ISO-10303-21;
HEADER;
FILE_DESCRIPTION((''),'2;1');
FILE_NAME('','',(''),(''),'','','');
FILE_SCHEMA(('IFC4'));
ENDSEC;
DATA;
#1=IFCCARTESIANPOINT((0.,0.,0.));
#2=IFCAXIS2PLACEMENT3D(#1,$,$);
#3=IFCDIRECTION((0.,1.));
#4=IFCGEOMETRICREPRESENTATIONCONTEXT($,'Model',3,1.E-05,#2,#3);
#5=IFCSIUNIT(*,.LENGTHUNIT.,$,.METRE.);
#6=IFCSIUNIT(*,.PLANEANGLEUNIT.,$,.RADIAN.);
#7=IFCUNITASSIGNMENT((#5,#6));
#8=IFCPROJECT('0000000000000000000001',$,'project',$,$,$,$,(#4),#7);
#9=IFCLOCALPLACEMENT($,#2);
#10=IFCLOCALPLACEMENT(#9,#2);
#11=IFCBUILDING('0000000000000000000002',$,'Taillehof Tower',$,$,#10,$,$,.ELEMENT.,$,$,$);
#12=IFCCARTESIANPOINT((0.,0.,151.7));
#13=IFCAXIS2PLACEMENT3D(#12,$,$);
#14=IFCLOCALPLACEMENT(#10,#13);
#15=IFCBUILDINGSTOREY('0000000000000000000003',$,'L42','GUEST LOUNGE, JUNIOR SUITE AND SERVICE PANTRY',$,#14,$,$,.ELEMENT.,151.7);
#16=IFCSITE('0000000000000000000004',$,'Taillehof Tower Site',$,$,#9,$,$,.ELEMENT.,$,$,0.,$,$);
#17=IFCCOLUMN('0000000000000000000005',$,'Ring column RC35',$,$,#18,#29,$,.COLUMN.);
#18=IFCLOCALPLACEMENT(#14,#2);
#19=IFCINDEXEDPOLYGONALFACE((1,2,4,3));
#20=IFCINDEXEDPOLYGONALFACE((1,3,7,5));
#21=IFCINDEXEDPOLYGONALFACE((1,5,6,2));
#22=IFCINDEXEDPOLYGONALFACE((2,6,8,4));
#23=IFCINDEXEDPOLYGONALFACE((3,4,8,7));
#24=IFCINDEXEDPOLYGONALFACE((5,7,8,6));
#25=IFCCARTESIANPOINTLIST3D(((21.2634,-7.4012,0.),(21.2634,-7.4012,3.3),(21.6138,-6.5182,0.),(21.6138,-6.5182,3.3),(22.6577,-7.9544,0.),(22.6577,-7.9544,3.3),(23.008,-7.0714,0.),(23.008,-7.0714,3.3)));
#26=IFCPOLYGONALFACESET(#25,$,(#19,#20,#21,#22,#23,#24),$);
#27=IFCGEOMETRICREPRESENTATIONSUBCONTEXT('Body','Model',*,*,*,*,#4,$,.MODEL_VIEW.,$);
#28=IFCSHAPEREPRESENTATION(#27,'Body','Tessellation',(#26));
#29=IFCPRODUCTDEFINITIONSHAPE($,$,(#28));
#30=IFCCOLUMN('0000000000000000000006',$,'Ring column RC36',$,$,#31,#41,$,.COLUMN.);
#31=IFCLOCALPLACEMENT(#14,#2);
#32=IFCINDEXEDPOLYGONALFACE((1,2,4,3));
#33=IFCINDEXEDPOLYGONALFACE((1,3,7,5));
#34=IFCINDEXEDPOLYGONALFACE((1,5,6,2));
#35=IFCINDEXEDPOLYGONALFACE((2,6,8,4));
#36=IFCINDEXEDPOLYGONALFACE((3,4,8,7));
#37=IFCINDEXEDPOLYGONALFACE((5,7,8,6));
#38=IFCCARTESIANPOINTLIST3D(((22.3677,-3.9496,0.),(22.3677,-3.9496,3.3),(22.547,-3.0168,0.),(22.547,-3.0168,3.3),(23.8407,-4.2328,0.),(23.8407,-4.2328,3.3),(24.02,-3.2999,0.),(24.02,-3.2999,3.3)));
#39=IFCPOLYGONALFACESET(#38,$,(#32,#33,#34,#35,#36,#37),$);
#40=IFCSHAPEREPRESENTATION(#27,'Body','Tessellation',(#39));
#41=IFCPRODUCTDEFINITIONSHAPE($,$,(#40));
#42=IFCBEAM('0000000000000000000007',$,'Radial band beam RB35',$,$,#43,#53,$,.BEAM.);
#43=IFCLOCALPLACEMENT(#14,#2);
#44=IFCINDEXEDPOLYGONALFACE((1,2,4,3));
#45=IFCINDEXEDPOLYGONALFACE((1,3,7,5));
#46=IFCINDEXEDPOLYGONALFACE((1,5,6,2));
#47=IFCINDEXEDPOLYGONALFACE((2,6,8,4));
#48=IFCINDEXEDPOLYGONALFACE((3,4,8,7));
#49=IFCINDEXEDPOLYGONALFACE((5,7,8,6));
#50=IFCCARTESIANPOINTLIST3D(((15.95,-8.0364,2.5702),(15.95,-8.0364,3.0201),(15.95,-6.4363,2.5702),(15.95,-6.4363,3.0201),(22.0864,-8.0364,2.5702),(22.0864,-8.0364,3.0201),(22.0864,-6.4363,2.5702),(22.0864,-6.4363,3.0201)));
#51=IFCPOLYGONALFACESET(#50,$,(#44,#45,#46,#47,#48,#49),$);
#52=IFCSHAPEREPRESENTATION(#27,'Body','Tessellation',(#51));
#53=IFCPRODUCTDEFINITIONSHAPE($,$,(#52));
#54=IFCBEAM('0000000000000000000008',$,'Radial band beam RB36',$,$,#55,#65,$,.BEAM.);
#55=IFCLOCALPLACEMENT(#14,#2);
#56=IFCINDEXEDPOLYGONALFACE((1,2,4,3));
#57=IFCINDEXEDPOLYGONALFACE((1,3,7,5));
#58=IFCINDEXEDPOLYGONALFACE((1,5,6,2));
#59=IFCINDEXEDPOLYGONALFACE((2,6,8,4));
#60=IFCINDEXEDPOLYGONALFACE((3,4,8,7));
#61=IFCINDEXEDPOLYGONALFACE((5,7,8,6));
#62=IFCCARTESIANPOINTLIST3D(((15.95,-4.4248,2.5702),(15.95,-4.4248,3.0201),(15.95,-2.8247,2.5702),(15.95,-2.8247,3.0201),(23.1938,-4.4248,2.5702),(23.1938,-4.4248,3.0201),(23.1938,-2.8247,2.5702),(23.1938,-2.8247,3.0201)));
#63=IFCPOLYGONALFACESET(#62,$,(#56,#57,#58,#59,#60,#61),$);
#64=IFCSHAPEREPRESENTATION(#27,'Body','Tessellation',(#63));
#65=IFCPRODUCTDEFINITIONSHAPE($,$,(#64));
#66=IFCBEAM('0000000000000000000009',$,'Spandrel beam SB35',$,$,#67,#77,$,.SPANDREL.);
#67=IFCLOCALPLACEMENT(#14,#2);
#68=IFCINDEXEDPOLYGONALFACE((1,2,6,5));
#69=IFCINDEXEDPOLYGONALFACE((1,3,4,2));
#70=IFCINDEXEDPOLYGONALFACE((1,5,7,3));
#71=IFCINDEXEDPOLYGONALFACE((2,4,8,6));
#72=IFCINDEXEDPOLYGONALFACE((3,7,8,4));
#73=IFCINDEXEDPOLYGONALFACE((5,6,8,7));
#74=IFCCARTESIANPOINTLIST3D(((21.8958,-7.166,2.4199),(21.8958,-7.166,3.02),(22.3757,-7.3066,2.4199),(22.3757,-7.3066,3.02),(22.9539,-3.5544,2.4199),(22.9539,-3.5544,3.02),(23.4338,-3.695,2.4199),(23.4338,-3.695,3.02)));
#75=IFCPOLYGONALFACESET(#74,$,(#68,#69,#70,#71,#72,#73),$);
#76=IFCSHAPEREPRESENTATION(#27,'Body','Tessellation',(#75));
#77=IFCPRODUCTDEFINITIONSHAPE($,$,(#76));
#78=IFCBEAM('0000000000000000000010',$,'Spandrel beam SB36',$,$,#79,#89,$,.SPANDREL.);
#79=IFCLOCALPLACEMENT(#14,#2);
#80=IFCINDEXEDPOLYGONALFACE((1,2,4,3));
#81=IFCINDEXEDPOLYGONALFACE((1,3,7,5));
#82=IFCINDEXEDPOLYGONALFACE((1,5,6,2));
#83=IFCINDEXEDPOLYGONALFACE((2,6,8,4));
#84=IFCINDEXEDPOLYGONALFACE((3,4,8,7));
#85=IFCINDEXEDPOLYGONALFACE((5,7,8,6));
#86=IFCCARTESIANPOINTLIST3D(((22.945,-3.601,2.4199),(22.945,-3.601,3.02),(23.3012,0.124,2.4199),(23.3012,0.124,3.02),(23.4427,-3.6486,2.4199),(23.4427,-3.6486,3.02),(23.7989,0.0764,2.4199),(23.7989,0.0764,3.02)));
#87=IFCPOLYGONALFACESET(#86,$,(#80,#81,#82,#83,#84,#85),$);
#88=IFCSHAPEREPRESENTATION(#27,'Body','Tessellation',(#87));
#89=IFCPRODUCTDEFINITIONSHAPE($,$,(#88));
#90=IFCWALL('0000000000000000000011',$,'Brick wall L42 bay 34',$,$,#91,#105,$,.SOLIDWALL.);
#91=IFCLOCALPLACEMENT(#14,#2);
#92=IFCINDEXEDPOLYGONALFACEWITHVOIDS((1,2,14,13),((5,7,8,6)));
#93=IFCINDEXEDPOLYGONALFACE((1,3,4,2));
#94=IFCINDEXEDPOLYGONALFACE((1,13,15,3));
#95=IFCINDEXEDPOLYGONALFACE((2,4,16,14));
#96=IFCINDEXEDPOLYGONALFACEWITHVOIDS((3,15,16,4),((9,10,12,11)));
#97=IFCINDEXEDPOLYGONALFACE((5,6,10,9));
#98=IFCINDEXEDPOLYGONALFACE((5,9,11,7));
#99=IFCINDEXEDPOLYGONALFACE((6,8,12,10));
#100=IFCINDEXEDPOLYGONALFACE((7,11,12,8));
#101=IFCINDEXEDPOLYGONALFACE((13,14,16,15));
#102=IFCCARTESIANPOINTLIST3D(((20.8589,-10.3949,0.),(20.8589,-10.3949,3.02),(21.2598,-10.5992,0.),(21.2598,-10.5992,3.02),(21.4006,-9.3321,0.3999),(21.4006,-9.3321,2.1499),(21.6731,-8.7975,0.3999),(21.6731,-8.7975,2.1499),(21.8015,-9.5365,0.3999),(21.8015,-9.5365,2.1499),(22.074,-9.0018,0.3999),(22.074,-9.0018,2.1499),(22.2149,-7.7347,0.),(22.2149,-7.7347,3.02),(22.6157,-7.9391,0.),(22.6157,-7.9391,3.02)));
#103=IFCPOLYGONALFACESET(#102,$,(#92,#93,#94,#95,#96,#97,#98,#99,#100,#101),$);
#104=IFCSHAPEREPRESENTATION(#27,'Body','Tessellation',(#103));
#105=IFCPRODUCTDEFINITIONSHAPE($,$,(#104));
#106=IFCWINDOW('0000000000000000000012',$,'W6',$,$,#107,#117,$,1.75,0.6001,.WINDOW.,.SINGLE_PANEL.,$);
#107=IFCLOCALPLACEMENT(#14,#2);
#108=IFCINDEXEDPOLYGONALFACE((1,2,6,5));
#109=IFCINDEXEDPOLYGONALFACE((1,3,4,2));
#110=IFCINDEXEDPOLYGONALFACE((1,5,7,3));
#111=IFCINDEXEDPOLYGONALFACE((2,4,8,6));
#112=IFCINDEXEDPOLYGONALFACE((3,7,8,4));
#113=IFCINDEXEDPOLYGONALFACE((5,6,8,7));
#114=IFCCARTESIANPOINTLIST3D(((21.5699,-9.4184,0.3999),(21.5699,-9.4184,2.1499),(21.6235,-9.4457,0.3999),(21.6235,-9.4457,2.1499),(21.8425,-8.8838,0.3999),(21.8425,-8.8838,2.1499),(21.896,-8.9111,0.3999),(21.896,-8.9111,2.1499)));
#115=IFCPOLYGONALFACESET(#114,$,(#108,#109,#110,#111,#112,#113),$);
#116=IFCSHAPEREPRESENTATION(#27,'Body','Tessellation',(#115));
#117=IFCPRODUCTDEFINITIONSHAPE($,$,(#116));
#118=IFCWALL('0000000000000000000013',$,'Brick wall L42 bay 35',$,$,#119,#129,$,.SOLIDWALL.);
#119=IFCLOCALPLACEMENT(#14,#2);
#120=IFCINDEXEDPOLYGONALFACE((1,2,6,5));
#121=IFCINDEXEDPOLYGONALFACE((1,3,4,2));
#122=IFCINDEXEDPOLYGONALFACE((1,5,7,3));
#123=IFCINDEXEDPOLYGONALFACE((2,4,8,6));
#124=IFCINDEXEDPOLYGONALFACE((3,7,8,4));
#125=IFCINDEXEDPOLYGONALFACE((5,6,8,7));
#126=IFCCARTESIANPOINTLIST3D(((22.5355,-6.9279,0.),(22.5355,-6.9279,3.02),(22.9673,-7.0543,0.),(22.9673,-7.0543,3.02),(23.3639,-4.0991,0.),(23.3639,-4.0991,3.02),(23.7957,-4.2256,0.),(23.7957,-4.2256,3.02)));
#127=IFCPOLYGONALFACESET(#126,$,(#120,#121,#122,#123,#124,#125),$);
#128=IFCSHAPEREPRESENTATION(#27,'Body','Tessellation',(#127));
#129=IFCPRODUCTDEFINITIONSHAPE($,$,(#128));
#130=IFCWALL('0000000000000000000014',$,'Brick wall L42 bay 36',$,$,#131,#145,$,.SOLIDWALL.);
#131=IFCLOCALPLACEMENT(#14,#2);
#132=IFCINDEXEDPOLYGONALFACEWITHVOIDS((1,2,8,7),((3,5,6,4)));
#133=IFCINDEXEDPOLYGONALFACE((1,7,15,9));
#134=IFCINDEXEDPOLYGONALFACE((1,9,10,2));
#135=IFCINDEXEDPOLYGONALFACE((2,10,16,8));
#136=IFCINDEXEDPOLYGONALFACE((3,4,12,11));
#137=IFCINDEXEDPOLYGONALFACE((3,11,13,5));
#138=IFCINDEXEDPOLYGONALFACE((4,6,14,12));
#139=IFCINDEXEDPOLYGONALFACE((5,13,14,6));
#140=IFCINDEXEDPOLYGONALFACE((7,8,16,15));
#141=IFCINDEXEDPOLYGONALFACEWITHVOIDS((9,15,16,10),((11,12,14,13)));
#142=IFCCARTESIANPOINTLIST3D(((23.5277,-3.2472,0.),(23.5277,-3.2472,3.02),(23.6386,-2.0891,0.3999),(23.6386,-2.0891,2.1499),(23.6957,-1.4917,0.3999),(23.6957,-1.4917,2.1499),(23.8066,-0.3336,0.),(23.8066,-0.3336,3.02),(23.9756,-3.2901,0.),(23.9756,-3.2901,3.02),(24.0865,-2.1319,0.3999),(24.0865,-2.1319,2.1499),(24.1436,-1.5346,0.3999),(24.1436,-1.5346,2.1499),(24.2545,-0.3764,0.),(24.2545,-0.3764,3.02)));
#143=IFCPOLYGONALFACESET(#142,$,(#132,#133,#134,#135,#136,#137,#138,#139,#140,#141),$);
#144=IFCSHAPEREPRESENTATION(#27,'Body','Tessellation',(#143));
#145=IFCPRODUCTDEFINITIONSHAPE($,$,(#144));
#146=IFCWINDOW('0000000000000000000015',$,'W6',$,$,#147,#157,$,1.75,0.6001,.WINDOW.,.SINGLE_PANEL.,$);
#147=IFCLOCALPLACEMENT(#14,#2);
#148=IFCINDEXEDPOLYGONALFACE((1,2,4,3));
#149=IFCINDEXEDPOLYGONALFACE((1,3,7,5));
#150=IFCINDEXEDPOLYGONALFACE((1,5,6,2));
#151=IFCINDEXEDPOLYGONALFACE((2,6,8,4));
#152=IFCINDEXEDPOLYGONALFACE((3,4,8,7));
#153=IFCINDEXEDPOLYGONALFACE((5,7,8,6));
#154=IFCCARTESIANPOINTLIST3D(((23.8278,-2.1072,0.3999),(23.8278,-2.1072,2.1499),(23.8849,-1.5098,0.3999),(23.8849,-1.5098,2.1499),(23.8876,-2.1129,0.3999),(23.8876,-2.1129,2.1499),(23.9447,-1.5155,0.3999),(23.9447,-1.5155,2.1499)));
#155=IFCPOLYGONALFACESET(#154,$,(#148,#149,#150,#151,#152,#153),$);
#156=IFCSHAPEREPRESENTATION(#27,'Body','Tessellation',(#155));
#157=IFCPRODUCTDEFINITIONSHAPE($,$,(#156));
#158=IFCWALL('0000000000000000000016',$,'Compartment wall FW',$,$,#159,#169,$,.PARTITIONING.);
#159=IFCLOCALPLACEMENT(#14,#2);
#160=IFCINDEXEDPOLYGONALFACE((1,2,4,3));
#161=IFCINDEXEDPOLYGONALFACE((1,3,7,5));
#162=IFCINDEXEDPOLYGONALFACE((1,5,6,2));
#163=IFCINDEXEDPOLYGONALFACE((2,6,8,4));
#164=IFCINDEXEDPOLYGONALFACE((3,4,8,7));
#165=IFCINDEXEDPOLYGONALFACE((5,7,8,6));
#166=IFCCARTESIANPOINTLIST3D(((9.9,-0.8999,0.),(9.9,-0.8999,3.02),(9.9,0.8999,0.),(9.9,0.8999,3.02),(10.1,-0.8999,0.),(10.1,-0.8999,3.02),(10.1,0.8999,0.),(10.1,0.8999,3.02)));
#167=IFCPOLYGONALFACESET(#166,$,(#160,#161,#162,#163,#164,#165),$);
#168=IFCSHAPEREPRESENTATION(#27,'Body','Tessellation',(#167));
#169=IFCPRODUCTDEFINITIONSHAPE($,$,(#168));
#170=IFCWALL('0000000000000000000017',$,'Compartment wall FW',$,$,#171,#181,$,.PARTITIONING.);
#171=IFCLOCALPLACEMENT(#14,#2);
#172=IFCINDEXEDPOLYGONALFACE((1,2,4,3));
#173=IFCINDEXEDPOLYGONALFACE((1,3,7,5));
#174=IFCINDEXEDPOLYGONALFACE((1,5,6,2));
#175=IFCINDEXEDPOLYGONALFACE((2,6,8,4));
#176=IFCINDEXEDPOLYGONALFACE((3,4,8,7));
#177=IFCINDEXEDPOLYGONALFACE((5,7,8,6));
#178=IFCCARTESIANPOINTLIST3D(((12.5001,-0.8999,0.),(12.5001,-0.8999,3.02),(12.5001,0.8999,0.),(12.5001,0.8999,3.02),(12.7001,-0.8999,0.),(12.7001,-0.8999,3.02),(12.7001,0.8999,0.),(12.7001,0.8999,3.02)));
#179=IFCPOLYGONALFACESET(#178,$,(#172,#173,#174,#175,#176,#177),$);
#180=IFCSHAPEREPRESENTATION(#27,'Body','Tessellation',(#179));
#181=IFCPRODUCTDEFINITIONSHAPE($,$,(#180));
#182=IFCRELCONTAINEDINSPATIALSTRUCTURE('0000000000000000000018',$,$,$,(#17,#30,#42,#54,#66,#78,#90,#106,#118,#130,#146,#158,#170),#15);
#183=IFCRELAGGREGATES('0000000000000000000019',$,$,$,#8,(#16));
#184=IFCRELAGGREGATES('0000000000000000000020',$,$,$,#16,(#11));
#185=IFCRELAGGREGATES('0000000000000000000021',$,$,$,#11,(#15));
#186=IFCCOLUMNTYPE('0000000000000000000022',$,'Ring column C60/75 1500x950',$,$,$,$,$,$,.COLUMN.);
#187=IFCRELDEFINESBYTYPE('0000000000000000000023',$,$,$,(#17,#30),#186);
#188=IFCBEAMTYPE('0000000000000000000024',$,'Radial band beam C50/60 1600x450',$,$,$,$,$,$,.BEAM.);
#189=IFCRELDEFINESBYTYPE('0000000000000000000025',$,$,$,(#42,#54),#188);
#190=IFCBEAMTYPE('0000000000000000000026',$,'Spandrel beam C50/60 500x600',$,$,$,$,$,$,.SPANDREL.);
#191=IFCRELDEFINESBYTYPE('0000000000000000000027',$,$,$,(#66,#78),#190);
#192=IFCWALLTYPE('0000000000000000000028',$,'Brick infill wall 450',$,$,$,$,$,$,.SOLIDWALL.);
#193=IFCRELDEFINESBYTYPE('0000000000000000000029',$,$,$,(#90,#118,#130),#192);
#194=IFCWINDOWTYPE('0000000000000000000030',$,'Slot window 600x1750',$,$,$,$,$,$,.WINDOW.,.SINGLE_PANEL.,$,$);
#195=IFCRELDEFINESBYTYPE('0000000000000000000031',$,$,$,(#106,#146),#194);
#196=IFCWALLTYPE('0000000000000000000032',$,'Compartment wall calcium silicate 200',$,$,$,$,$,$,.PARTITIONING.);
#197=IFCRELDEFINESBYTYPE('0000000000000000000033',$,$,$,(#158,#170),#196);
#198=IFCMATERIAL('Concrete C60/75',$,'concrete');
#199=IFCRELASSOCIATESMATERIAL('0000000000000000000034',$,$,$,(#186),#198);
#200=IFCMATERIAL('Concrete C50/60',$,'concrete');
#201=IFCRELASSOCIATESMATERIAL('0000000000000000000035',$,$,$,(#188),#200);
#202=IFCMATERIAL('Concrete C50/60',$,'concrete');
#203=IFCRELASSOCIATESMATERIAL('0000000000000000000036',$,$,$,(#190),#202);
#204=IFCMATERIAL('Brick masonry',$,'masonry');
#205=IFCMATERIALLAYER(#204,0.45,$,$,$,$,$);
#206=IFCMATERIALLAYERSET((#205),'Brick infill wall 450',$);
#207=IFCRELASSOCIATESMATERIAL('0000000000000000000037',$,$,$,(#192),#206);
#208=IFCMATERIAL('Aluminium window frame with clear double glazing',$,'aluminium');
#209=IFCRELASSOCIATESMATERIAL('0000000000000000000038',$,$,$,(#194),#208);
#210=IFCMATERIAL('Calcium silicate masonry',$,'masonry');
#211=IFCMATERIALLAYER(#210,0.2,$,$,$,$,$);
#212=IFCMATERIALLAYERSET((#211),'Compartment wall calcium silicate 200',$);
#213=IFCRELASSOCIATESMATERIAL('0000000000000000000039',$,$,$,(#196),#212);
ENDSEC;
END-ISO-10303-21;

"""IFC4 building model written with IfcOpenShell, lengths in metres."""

from ifc_helpers import new_model, si_unit, direction, frame, frame_2d, origin, origin_2d, place, context, subcontext, project, spatial, rectangle, extrude, material, layer, layer_set, material_profile, profile_set, type_object, element, fill, save


model = new_model("IFC4")

# Units and contexts
model_context = context("Model", 3, precision=1e-05, world=origin(), true_north=direction((0.0, 1.0)))
body_context = subcontext(model_context, "Body", "Model", "MODEL_VIEW")
ifc_project = project(units=[si_unit("LENGTHUNIT", "METRE"), si_unit("PLANEANGLEUNIT", "RADIAN")], contexts=[model_context])

# Site, building, storey
site_placement = place(None, origin())
site = spatial("IfcSite", under=ifc_project, at=site_placement, Name="Taillehof Tower Site", CompositionType="ELEMENT", RefElevation=0.0)
building_placement = place(site_placement, origin())
building = spatial("IfcBuilding", under=site, at=building_placement, Name="Taillehof Tower", CompositionType="ELEMENT")
storey_placement = place(building_placement, frame((0.0, 0.0, 151.7)))
storey = spatial("IfcBuildingStorey", under=building, at=storey_placement, Name="L42", Description="GUEST LOUNGE, JUNIOR SUITE AND SERVICE PANTRY", CompositionType="ELEMENT", Elevation=151.7)

# Columns
ifc_material_1 = material(Name="Concrete C60/75", Category="concrete")
ifc_material_profile_1 = material_profile(ifc_material_1, rectangle(XDim=1.5, YDim=0.95, at=origin_2d()), Name="RC 1500x950")
ifc_profile_set_1 = profile_set([ifc_material_profile_1], Name="Concrete C60/75")
column_type = type_object("IfcColumnType", Name="Ring column C60/75 1500x950", PredefinedType="COLUMN", material=ifc_profile_set_1)
for number, where, z_axis, x_axis, name in (
    (1, (22.1357, -7.2363, 0.0), (0.0, 0.0, 1.0), (0.929511, -0.368793, 0.0), "Ring column RC35"),
    (2, (23.1938, -3.6248, 0.0), (0.0, 0.0, 1.0), (0.982024, -0.188757, 0.0), "Ring column RC36"),
):
    element("IfcColumn", number, at=place(storey_placement, frame(where, z_axis=z_axis, x_axis=x_axis)), inside=storey, type_object=column_type, Name=name, PredefinedType="COLUMN", context=body_context, shape_type="SweptSolid", body=[
        extrude(rectangle(XDim=1.5, YDim=0.95, at=origin_2d()), origin(), (0.0, 0.0, 1.0), 3.3),
    ])

# Beams
ifc_material_2 = material(Name="Concrete C50/60", Category="concrete")
ifc_material_profile_2 = material_profile(ifc_material_2, rectangle(XDim=1.6001, YDim=0.45, at=origin_2d()), Name="RC 1600x450")
ifc_profile_set_2 = profile_set([ifc_material_profile_2], Name="Concrete C50/60")
beam_type_1 = type_object("IfcBeamType", Name="Radial band beam C50/60 1600x450", PredefinedType="BEAM", material=ifc_profile_set_2)
beam_1_placement = place(storey_placement, frame((22.0864, -7.2363, 2.7952), z_axis=(-1.0, 0.0, 0.0), x_axis=(0.0, -1.0, 0.0)))
element("IfcBeam", 3, at=beam_1_placement, inside=storey, type_object=beam_type_1, Name="Radial band beam RB35", PredefinedType="BEAM", context=body_context, shape_type="SweptSolid", body=[
    extrude(rectangle(XDim=1.6001, YDim=0.45, at=origin_2d()), origin(), (0.0, 0.0, 1.0), 6.1365),
])
beam_2_placement = place(storey_placement, frame((23.1938, -3.6248, 2.7952), z_axis=(-1.0, 0.0, 0.0), x_axis=(0.0, -1.0, 0.0)))
element("IfcBeam", 4, at=beam_2_placement, inside=storey, type_object=beam_type_1, Name="Radial band beam RB36", PredefinedType="BEAM", context=body_context, shape_type="SweptSolid", body=[
    extrude(rectangle(XDim=1.6001, YDim=0.45, at=origin_2d()), origin(), (0.0, 0.0, 1.0), 7.2439),
])
ifc_material_3 = material(Name="Concrete C50/60", Category="concrete")
ifc_material_profile_3 = material_profile(ifc_material_3, rectangle(XDim=0.5, YDim=0.6001, at=origin_2d()), Name="RC 500x600")
ifc_profile_set_3 = profile_set([ifc_material_profile_3], Name="Concrete C50/60")
beam_type_2 = type_object("IfcBeamType", Name="Spandrel beam C50/60 500x600", PredefinedType="SPANDREL", material=ifc_profile_set_3)
beam_3_placement = place(storey_placement, frame((22.1357, -7.2363, 2.72), z_axis=(0.281158, 0.959661, 0.0), x_axis=(-0.959661, 0.281158, 0.0)))
element("IfcBeam", 5, at=beam_3_placement, inside=storey, type_object=beam_type_2, Name="Spandrel beam SB35", PredefinedType="SPANDREL", context=body_context, shape_type="SweptSolid", body=[
    extrude(rectangle(XDim=0.5, YDim=0.6001, at=origin_2d()), origin(), (0.0, 0.0, 1.0), 3.7634),
])
beam_4_placement = place(storey_placement, frame((23.1938, -3.6248, 2.72), z_axis=(0.095194, 0.995459, 0.0), x_axis=(-0.995459, 0.095194, 0.0)))
element("IfcBeam", 6, at=beam_4_placement, inside=storey, type_object=beam_type_2, Name="Spandrel beam SB36", PredefinedType="SPANDREL", context=body_context, shape_type="SweptSolid", body=[
    extrude(rectangle(XDim=0.5, YDim=0.6001, at=origin_2d()), origin(), (0.0, 0.0, 1.0), 3.7419),
])

# Wall, opening, window
ifc_material_4 = material(Name="Brick masonry", Category="masonry")
ifc_layer_1 = layer(ifc_material_4, 0.45)
ifc_layer_set_1 = layer_set([ifc_layer_1], Name="Brick infill wall 450")
wall_type_1 = type_object("IfcWallType", Name="Brick infill wall 450", PredefinedType="SOLIDWALL", material=ifc_layer_set_1)
wall_1_placement = place(storey_placement, frame((21.0593, -10.4971, 0.0), z_axis=(0.0, 0.0, 1.0), x_axis=(0.454134, 0.890933, 0.0)))
wall_1 = element("IfcWall", 7, at=wall_1_placement, inside=storey, type_object=wall_type_1, Name="Brick wall L42 bay 34", PredefinedType="SOLIDWALL", context=body_context, shape_type="SweptSolid", body=[
    extrude(rectangle(XDim=2.9858, YDim=0.45, at=frame_2d((1.4929, 0.0))), origin(), (0.0, 0.0, 1.0), 3.02),
])
opening_1_placement = place(wall_1_placement, frame((1.1929, 0.0, 0.3999)))
opening_1 = element("IfcOpeningElement", 8, at=opening_1_placement, cuts=wall_1, PredefinedType="OPENING", context=body_context, shape_type="SweptSolid", body=[
    extrude(rectangle(XDim=0.6001, YDim=1.75, at=frame_2d((0.3, 0.875))), frame((0.0, 0.2349, 0.0), z_axis=(0.0, -1.0, 0.0), x_axis=(1.0, 0.0, 0.0)), (0.0, 0.0, 1.0), 0.47),
])
ifc_material_5 = material(Name="Aluminium window frame with clear double glazing", Category="aluminium")
window_type = type_object("IfcWindowType", Name="Slot window 600x1750", PartitioningType="SINGLE_PANEL", PredefinedType="WINDOW", material=ifc_material_5)
window_1_placement = place(opening_1_placement, origin())
window_1 = element("IfcWindow", 9, at=window_1_placement, inside=storey, type_object=window_type, Name="W6", OverallHeight=1.75, OverallWidth=0.6001, PartitioningType="SINGLE_PANEL", PredefinedType="WINDOW", context=body_context, shape_type="SweptSolid", body=[
    extrude(rectangle(XDim=0.6001, YDim=1.75, at=frame_2d((0.3, 0.875))), frame((0.0, 0.0349, 0.0), z_axis=(0.0, -1.0, 0.0), x_axis=(1.0, 0.0, 0.0)), (0.0, 0.0, 1.0), 0.0601),
])
fill(opening_1, window_1)

# Wall
wall_2_placement = place(storey_placement, frame((22.7515, -6.991, 0.0), z_axis=(0.0, 0.0, 1.0), x_axis=(0.281049, 0.959693, 0.0)))
element("IfcWall", 10, at=wall_2_placement, inside=storey, type_object=wall_type_1, Name="Brick wall L42 bay 35", PredefinedType="SOLIDWALL", context=body_context, shape_type="SweptSolid", body=[
    extrude(rectangle(XDim=2.9475, YDim=0.45, at=frame_2d((1.4736, 0.0))), origin(), (0.0, 0.0, 1.0), 3.02),
])

# Wall, opening, window
wall_3_placement = place(storey_placement, frame((23.7517, -3.2686, 0.0), z_axis=(0.0, 0.0, 1.0), x_axis=(0.095258, 0.995453, 0.0)))
wall_3 = element("IfcWall", 11, at=wall_3_placement, inside=storey, type_object=wall_type_1, Name="Brick wall L42 bay 36", PredefinedType="SOLIDWALL", context=body_context, shape_type="SweptSolid", body=[
    extrude(rectangle(XDim=2.927, YDim=0.45, at=frame_2d((1.4634, 0.0))), origin(), (0.0, 0.0, 1.0), 3.02),
])
opening_2_placement = place(wall_3_placement, frame((1.1633, 0.0, 0.3999)))
opening_2 = element("IfcOpeningElement", 12, at=opening_2_placement, cuts=wall_3, PredefinedType="OPENING", context=body_context, shape_type="SweptSolid", body=[
    extrude(rectangle(XDim=0.6001, YDim=1.75, at=frame_2d((0.3, 0.875))), frame((0.0, 0.2349, 0.0), z_axis=(0.0, -1.0, 0.0), x_axis=(1.0, 0.0, 0.0)), (0.0, 0.0, 1.0), 0.47),
])
window_2_placement = place(opening_2_placement, origin())
window_2 = element("IfcWindow", 13, at=window_2_placement, inside=storey, type_object=window_type, Name="W6", OverallHeight=1.75, OverallWidth=0.6001, PartitioningType="SINGLE_PANEL", PredefinedType="WINDOW", context=body_context, shape_type="SweptSolid", body=[
    extrude(rectangle(XDim=0.6001, YDim=1.75, at=frame_2d((0.3, 0.875))), frame((0.0, 0.0349, 0.0), z_axis=(0.0, -1.0, 0.0), x_axis=(1.0, 0.0, 0.0)), (0.0, 0.0, 1.0), 0.0601),
])
fill(opening_2, window_2)

# Walls
ifc_material_6 = material(Name="Calcium silicate masonry", Category="masonry")
ifc_layer_2 = layer(ifc_material_6, 0.2)
ifc_layer_set_2 = layer_set([ifc_layer_2], Name="Compartment wall calcium silicate 200")
wall_type_2 = type_object("IfcWallType", Name="Compartment wall calcium silicate 200", PredefinedType="PARTITIONING", material=ifc_layer_set_2)
for number, where, z_axis, x_axis, name in (
    (14, (10.0, -0.8999, 0.0), (0.0, 0.0, 1.0), (0.0, 1.0, 0.0), "Compartment wall FW"),
    (15, (12.6001, -0.8999, 0.0), (0.0, 0.0, 1.0), (0.0, 1.0, 0.0), "Compartment wall FW"),
):
    element("IfcWall", number, at=place(storey_placement, frame(where, z_axis=z_axis, x_axis=x_axis)), inside=storey, type_object=wall_type_2, Name=name, PredefinedType="PARTITIONING", context=body_context, shape_type="SweptSolid", body=[
        extrude(rectangle(XDim=1.7998, YDim=0.2, at=frame_2d((0.8999, 0.0))), origin(), (0.0, 0.0, 1.0), 3.02),
    ])

save(model, "model.ifc")
